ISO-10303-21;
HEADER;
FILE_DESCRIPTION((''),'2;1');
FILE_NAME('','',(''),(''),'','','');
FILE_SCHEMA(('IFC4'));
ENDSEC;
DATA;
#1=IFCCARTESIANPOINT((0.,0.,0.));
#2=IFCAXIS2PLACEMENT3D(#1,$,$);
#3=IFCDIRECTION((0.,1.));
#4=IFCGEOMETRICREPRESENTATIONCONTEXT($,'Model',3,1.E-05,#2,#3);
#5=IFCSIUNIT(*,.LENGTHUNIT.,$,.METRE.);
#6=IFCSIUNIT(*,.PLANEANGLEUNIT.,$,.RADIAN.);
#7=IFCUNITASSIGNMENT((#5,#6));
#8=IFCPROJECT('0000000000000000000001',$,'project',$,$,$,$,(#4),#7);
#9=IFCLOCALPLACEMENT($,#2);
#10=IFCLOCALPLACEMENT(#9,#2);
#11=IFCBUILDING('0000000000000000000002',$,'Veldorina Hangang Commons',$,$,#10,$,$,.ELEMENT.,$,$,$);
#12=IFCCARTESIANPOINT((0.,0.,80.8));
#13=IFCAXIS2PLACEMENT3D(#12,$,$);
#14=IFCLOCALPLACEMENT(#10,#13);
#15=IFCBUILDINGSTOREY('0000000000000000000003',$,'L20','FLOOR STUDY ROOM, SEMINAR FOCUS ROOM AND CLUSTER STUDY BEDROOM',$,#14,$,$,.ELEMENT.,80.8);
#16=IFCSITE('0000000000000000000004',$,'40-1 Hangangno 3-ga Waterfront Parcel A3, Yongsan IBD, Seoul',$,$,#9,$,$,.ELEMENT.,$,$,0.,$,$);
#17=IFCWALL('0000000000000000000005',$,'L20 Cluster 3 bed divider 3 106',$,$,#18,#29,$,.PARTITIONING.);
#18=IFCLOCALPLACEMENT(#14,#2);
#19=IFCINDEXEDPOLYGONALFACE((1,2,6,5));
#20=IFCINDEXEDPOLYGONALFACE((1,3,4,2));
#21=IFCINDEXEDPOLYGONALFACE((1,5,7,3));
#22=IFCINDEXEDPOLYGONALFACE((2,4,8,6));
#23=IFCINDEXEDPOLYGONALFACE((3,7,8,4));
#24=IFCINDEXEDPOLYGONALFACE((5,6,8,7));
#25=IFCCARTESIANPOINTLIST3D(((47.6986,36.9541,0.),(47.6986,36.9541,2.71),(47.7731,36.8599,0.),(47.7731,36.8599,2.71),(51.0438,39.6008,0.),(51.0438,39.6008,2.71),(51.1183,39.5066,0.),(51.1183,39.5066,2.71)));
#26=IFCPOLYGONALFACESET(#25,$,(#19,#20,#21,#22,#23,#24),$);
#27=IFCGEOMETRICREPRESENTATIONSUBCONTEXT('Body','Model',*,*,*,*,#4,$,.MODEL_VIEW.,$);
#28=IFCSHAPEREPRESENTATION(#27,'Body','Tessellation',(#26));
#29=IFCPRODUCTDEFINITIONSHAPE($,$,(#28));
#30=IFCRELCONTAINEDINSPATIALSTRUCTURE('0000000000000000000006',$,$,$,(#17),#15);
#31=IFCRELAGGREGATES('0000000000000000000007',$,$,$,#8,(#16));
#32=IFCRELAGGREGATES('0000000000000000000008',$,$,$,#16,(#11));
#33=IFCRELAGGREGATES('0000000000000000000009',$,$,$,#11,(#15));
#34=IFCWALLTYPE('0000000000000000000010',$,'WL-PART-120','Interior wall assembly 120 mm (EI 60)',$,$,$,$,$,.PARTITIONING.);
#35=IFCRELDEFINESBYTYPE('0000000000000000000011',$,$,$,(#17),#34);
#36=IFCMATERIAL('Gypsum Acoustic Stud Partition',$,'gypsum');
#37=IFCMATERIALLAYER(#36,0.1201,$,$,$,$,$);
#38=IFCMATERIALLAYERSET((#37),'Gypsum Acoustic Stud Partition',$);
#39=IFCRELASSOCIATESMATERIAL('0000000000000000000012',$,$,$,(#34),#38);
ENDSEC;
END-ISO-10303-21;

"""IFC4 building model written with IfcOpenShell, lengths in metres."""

from ifc_helpers import new_model, si_unit, direction, frame, frame_2d, origin, place, context, subcontext, project, spatial, rectangle, extrude, material, layer, layer_set, type_object, element, save


model = new_model("IFC4")

# Units and contexts
model_context = context("Model", 3, precision=1e-05, world=origin(), true_north=direction((0.0, 1.0)))
body_context = subcontext(model_context, "Body", "Model", "MODEL_VIEW")
ifc_project = project(units=[si_unit("LENGTHUNIT", "METRE"), si_unit("PLANEANGLEUNIT", "RADIAN")], contexts=[model_context])

# Site, building, storey
site_placement = place(None, origin())
site = spatial("IfcSite", under=ifc_project, at=site_placement, Name="40-1 Hangangno 3-ga Waterfront Parcel A3, Yongsan IBD, Seoul", CompositionType="ELEMENT", RefElevation=0.0)
building_placement = place(site_placement, origin())
building = spatial("IfcBuilding", under=site, at=building_placement, Name="Veldorina Hangang Commons", CompositionType="ELEMENT")
storey_placement = place(building_placement, frame((0.0, 0.0, 80.8)))
storey = spatial("IfcBuildingStorey", under=building, at=storey_placement, Name="L20", Description="FLOOR STUDY ROOM, SEMINAR FOCUS ROOM AND CLUSTER STUDY BEDROOM", CompositionType="ELEMENT", Elevation=80.8)

# Shared definitions
ifc_material_1 = material(Name="Gypsum Acoustic Stud Partition", Category="gypsum")
ifc_layer_1 = layer(ifc_material_1, 0.1201)
ifc_layer_set_1 = layer_set([ifc_layer_1], Name="Gypsum Acoustic Stud Partition")
wall_type_1 = type_object("IfcWallType", Name="WL-PART-120", Description="Interior wall assembly 120 mm (EI 60)", PredefinedType="PARTITIONING", material=ifc_layer_set_1)

# Wall
wall_1_placement = place(storey_placement, frame((47.7358, 36.907, 0.0), z_axis=(0.0, 0.0, 1.0), x_axis=(0.784225, 0.620477, 0.0)))
element("IfcWall", 1, at=wall_1_placement, inside=storey, type_object=wall_type_1, Name="L20 Cluster 3 bed divider 3 106", PredefinedType="PARTITIONING", context=body_context, shape_type="SweptSolid", body=[
    extrude(rectangle(XDim=4.2656, YDim=0.1201, at=frame_2d((2.1328, 0.0))), origin(), (0.0, 0.0, 1.0), 2.71),
])

save(model, "model.ifc")
